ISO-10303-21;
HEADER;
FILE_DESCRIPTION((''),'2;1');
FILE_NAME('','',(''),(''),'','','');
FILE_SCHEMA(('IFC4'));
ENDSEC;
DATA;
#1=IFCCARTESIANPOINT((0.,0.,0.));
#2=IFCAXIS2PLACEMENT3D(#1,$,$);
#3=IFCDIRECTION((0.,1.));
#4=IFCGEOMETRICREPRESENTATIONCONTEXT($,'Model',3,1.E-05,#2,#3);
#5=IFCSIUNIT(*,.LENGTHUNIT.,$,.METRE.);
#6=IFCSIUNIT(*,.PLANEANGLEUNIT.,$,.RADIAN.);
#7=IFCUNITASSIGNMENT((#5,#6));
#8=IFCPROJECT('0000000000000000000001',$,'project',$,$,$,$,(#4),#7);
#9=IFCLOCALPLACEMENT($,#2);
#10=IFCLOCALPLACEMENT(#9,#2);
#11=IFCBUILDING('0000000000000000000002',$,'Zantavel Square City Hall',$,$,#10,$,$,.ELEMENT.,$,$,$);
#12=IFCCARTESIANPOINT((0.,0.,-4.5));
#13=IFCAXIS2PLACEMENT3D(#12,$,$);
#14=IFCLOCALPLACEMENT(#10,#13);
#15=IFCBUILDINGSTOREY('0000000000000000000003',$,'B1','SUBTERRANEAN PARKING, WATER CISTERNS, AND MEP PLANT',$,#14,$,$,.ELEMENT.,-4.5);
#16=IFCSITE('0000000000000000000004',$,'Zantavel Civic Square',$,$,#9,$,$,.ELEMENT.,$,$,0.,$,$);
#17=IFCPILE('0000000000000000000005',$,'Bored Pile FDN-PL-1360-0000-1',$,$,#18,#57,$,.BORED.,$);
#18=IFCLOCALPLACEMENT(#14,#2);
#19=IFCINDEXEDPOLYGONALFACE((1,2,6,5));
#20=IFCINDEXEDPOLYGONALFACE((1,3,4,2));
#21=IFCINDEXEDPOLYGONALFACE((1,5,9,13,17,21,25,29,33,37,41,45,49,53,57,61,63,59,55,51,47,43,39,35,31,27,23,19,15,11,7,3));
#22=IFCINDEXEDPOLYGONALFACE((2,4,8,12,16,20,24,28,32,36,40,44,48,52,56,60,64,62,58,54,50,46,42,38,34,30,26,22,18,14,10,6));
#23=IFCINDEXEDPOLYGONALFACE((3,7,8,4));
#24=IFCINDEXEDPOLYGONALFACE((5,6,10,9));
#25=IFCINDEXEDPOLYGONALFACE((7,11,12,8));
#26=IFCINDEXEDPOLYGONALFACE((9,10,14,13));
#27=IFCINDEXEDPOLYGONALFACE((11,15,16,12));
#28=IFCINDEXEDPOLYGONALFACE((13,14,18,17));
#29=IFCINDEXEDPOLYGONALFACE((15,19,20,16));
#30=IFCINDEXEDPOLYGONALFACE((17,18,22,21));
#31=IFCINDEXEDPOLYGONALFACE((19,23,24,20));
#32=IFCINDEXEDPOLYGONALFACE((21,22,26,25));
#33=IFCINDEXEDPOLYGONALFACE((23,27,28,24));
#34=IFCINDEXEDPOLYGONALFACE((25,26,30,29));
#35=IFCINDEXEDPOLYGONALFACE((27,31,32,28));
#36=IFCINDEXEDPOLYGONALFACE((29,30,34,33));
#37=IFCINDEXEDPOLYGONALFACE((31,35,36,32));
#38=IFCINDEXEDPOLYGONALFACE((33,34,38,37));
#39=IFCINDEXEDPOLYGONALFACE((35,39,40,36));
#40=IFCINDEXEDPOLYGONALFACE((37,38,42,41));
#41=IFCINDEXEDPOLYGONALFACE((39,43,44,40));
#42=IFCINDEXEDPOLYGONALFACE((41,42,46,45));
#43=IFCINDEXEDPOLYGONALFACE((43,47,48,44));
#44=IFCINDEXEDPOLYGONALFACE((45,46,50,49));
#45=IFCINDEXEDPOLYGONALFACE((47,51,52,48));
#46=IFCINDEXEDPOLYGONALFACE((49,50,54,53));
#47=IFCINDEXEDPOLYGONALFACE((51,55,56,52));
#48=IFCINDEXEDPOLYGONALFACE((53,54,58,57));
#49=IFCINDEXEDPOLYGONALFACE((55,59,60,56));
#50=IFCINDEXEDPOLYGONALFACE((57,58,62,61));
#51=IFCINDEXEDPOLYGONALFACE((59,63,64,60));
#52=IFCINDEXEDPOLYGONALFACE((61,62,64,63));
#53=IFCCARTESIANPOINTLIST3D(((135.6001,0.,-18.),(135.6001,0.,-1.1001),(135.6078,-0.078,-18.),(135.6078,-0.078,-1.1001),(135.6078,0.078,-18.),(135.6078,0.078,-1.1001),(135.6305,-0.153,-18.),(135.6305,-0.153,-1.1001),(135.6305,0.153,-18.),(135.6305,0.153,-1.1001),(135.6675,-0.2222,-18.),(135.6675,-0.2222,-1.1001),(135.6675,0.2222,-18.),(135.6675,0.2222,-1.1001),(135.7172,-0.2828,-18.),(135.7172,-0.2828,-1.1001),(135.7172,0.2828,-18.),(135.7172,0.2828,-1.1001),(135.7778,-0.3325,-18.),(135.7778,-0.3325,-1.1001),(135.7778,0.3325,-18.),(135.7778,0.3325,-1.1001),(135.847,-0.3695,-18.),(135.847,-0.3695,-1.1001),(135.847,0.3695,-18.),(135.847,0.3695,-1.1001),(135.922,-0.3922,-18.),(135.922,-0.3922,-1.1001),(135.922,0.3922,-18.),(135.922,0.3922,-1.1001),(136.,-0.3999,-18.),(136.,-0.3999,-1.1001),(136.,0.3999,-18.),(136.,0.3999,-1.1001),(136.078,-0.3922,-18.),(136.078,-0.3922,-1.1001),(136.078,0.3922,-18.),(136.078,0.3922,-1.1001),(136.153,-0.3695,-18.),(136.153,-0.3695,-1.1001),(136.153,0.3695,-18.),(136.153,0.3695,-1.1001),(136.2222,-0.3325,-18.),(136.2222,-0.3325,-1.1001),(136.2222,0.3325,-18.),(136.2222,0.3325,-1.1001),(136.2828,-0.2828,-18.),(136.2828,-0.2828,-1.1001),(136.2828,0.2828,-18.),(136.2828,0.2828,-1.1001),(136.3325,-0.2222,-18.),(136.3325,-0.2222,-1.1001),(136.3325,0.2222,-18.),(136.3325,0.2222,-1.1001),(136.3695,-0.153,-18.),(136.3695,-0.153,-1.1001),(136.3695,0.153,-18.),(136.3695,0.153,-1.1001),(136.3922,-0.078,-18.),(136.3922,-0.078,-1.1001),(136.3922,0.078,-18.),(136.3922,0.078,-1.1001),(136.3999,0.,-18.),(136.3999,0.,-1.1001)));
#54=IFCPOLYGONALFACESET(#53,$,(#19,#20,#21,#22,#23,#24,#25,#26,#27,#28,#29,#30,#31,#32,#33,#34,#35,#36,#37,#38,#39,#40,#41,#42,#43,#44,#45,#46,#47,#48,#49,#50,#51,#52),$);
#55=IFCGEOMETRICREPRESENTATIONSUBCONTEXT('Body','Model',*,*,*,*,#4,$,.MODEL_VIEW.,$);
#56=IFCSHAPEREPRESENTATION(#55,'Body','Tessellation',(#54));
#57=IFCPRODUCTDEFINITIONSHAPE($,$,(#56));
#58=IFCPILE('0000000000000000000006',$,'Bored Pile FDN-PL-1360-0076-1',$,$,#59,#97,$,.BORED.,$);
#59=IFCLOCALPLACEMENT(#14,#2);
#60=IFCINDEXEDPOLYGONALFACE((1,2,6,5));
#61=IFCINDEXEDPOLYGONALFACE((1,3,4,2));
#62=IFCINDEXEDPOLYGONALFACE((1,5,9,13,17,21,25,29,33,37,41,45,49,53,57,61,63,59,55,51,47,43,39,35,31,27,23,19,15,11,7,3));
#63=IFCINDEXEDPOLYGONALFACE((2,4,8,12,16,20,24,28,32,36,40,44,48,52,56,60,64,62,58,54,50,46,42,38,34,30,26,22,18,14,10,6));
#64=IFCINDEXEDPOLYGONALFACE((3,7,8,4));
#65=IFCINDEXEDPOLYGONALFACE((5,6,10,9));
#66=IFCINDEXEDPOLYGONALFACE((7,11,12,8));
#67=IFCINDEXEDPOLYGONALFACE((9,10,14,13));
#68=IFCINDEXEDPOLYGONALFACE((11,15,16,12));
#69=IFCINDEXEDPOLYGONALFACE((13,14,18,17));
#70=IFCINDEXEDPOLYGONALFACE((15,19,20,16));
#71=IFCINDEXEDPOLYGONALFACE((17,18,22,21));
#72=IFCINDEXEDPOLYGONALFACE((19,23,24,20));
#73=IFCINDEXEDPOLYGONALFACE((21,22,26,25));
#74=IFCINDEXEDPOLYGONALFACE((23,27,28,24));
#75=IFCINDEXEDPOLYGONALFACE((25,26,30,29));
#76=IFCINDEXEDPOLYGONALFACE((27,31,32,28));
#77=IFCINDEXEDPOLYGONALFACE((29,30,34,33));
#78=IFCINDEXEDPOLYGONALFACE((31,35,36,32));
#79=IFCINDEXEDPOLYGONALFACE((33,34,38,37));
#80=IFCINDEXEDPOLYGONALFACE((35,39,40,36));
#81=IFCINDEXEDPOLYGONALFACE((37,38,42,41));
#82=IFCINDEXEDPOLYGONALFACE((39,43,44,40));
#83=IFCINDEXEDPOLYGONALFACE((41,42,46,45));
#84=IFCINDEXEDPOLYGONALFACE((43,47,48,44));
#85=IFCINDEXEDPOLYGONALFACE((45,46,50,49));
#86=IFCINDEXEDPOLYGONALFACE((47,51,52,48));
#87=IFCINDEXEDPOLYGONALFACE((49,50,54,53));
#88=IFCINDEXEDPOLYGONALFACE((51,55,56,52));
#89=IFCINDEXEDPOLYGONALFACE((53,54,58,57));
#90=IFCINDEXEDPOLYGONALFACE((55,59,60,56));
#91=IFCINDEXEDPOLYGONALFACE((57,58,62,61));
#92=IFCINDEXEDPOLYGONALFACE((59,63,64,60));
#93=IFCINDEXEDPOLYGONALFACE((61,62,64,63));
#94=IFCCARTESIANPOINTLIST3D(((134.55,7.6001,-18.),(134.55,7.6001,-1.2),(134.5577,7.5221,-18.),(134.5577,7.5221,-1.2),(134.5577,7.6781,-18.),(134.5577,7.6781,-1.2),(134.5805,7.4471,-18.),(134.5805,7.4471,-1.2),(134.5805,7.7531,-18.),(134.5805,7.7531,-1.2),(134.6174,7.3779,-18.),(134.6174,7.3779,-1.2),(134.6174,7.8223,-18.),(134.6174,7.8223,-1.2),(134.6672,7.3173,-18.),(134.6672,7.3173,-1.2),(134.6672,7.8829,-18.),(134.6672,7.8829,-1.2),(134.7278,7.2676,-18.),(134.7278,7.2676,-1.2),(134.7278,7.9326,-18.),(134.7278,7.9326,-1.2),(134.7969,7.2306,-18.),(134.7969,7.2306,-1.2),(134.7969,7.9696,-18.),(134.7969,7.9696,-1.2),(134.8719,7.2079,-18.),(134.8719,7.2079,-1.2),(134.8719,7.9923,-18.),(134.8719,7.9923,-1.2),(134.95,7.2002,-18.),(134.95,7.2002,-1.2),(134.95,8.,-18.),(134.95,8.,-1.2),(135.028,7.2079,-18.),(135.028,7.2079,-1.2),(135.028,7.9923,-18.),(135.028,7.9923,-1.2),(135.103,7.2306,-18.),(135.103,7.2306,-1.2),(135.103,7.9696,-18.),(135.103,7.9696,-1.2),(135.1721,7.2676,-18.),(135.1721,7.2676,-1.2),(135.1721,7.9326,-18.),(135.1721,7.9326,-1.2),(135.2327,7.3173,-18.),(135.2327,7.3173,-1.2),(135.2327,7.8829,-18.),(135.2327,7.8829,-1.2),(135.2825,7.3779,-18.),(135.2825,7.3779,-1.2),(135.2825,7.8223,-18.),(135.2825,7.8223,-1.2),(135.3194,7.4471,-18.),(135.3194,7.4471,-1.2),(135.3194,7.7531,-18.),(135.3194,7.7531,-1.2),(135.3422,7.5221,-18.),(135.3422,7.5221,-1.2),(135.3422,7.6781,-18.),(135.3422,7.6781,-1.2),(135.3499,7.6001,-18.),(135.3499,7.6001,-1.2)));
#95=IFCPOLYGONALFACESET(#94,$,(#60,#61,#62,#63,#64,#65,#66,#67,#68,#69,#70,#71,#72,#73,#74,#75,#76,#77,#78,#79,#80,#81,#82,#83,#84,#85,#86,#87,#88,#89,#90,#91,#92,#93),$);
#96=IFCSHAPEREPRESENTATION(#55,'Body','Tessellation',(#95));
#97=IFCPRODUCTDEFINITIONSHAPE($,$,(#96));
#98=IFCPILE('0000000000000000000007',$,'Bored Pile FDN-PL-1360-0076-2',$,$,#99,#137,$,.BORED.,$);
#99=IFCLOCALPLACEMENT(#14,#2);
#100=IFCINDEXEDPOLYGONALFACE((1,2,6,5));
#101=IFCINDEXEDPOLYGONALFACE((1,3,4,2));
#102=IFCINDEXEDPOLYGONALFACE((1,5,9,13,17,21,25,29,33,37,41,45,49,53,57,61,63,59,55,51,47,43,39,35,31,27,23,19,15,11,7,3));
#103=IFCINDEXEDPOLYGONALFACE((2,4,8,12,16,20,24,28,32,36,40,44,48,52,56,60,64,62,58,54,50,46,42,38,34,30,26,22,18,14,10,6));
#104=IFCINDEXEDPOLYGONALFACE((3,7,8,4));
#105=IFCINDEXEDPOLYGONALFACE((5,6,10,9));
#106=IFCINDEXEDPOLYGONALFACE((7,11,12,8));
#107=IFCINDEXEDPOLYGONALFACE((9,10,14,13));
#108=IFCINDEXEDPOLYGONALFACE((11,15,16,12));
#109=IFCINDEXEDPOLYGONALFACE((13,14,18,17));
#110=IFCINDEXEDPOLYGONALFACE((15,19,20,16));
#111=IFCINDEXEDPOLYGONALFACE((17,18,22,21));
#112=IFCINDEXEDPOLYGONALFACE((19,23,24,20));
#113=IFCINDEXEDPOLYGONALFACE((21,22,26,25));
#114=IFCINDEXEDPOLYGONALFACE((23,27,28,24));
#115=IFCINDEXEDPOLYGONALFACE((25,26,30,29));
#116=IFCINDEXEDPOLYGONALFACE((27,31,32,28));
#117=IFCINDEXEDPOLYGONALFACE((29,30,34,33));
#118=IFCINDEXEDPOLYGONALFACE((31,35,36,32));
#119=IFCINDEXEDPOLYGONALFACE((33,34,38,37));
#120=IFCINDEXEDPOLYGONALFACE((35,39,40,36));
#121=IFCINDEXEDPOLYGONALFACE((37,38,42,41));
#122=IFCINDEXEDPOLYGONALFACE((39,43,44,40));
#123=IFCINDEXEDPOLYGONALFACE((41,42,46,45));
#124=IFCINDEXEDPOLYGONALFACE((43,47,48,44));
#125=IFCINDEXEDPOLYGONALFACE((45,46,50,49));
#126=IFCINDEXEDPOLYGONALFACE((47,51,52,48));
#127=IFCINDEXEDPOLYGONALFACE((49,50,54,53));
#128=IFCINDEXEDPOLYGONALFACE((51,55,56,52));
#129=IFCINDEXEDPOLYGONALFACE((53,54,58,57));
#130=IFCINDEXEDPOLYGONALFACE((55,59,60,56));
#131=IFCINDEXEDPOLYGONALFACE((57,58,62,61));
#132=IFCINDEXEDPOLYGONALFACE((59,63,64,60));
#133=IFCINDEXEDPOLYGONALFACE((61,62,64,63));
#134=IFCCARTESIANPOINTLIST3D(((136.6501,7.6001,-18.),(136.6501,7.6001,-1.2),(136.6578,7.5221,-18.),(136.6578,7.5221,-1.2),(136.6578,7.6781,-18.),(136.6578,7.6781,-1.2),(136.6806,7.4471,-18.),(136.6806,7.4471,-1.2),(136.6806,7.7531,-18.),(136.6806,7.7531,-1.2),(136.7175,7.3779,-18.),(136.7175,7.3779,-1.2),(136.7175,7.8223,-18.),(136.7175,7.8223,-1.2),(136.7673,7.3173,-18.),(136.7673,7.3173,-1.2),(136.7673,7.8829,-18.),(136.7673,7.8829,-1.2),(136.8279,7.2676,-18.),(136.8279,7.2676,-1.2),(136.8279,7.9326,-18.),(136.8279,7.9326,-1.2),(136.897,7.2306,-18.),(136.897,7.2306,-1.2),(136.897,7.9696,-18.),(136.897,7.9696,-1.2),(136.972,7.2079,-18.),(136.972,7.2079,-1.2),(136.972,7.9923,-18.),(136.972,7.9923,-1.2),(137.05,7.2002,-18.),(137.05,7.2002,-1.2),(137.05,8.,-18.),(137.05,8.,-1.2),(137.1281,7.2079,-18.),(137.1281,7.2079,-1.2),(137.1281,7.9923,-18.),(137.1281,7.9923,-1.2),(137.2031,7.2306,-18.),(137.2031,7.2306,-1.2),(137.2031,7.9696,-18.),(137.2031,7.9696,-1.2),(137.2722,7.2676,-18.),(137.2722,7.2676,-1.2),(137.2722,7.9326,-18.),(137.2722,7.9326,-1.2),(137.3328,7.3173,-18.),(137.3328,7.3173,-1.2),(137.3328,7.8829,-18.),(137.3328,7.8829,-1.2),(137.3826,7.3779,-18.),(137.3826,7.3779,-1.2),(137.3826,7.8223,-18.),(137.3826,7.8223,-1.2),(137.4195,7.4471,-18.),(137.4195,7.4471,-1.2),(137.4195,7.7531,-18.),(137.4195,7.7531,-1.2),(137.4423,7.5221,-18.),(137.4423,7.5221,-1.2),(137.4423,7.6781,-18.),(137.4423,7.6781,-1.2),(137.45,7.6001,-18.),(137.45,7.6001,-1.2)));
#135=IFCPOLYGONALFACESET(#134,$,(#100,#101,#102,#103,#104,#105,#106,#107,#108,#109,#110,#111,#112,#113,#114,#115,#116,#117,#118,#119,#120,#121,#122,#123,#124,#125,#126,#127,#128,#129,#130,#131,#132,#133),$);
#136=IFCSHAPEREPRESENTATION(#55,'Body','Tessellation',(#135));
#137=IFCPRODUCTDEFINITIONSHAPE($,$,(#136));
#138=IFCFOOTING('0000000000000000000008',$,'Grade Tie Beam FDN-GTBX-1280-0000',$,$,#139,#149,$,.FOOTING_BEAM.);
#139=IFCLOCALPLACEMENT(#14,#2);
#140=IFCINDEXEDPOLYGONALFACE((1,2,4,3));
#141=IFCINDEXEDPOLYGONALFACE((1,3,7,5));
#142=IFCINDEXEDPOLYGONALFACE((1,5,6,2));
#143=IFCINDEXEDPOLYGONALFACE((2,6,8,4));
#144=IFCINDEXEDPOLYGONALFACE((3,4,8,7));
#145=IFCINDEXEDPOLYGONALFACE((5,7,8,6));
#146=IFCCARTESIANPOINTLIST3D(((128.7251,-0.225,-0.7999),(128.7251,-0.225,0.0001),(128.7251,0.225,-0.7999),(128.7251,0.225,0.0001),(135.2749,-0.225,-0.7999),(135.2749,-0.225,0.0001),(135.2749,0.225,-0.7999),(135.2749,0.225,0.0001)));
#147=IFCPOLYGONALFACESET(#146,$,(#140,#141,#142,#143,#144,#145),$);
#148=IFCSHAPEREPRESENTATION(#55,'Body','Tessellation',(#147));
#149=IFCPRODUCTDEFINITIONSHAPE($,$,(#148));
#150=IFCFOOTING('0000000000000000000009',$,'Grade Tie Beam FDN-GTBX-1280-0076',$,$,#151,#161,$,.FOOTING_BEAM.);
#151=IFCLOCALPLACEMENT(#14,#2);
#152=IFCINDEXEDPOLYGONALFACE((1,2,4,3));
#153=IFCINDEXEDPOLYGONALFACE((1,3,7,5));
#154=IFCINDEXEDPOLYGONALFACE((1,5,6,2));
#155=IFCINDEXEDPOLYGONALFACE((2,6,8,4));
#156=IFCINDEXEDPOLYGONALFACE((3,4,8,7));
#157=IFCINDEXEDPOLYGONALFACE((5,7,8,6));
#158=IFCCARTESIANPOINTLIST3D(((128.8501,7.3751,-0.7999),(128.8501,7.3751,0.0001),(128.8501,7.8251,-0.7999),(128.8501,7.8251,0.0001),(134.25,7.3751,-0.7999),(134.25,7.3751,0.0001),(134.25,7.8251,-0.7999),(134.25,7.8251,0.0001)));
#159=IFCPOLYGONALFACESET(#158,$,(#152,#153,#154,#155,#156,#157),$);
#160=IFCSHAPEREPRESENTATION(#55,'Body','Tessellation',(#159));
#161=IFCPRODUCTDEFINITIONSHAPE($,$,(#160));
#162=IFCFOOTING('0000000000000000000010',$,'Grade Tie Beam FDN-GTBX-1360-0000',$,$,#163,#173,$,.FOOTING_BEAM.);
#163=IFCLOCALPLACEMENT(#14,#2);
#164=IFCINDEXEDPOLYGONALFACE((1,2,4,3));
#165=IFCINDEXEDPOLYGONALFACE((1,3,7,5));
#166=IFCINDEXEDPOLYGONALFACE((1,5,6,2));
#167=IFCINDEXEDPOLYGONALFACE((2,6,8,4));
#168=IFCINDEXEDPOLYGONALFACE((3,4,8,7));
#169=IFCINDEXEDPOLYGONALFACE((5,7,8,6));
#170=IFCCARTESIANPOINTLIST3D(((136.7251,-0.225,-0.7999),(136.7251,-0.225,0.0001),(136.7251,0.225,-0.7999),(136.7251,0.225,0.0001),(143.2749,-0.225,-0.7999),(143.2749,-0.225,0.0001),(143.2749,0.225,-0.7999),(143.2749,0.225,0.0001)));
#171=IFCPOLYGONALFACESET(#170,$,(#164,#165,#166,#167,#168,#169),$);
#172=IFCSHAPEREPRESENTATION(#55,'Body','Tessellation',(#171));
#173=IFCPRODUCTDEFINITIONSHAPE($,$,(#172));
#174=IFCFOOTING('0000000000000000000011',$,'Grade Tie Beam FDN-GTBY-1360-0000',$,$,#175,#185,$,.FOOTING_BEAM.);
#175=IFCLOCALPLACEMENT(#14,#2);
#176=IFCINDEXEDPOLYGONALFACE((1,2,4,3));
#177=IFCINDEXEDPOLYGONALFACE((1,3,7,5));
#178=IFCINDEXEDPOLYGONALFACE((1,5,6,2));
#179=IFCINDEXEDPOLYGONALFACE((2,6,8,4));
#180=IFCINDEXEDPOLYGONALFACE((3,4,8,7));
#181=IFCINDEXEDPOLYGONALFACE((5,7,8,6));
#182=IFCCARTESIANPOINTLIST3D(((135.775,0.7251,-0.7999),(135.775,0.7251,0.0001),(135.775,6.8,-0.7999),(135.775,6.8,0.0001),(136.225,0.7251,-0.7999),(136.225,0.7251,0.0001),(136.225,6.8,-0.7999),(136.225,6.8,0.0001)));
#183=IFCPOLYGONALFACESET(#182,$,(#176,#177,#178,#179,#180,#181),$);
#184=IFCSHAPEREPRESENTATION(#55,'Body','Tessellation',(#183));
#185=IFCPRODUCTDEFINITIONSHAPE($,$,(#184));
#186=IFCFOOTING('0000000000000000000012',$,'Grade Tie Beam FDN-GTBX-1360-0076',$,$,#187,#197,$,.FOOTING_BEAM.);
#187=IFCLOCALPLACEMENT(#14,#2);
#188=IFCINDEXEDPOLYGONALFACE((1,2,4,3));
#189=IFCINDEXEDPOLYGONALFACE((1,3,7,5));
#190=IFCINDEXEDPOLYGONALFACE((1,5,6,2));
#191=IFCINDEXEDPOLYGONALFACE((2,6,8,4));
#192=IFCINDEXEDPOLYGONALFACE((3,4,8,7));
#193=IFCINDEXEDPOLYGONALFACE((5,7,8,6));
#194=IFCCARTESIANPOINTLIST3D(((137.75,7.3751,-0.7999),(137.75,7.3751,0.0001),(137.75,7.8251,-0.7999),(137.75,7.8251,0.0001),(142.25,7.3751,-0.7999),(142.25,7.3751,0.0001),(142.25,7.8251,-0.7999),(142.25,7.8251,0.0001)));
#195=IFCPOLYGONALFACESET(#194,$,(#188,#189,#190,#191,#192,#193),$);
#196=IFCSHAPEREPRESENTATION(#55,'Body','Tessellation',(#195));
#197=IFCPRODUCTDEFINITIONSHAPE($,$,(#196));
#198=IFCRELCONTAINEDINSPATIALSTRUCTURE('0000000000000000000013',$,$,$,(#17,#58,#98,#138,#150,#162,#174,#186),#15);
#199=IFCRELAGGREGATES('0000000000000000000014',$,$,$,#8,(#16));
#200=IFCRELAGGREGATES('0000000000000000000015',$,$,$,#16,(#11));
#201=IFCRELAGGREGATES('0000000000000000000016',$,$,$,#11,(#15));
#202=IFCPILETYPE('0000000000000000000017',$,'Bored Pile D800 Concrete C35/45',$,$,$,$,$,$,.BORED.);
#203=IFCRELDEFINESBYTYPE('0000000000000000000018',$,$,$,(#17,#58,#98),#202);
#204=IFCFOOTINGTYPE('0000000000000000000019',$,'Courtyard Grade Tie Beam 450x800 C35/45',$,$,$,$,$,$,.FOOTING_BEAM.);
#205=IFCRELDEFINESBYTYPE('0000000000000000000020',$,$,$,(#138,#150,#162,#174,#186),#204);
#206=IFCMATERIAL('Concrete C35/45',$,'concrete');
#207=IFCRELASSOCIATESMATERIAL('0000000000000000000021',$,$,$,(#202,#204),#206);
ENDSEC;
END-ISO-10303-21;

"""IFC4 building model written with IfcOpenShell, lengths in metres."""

from ifc_helpers import new_model, si_unit, direction, frame, origin, origin_2d, place, context, subcontext, project, spatial, rectangle, circle, extrude, material, material_profile, profile_set, type_object, element, save


model = new_model("IFC4")

# Units and contexts
model_context = context("Model", 3, precision=1e-05, world=origin(), true_north=direction((0.0, 1.0)))
body_context = subcontext(model_context, "Body", "Model", "MODEL_VIEW")
ifc_project = project(units=[si_unit("LENGTHUNIT", "METRE"), si_unit("PLANEANGLEUNIT", "RADIAN")], contexts=[model_context])

# Site, building, storey
site_placement = place(None, origin())
site = spatial("IfcSite", under=ifc_project, at=site_placement, Name="Zantavel Civic Square", CompositionType="ELEMENT", RefElevation=0.0)
building_placement = place(site_placement, origin())
building = spatial("IfcBuilding", under=site, at=building_placement, Name="Zantavel Square City Hall", CompositionType="ELEMENT")
storey_placement = place(building_placement, frame((0.0, 0.0, -4.5)))
storey = spatial("IfcBuildingStorey", under=building, at=storey_placement, Name="B1", Description="SUBTERRANEAN PARKING, WATER CISTERNS, AND MEP PLANT", CompositionType="ELEMENT", Elevation=-4.5)

# Piles
ifc_material_1 = material(Name="Concrete C35/45", Category="concrete")
ifc_material_profile_1 = material_profile(ifc_material_1, circle(Radius=0.3999, at=origin_2d()), Name="PILE D800")
ifc_profile_set_1 = profile_set([ifc_material_profile_1], Name="Concrete C35/45")
pile_type = type_object("IfcPileType", Name="Bored Pile D800 Concrete C35/45", PredefinedType="BORED", material=ifc_profile_set_1)
pile_placement = place(storey_placement, frame((136.0, 0.0, -1.1001), z_axis=(0.0, 0.0, -1.0), x_axis=(1.0, 0.0, 0.0)))
element("IfcPile", 1, at=pile_placement, inside=storey, type_object=pile_type, Name="Bored Pile FDN-PL-1360-0000-1", PredefinedType="BORED", context=body_context, shape_type="SweptSolid", body=[
    extrude(circle(Radius=0.3999, at=origin_2d()), origin(), (0.0, 0.0, 1.0), 16.8999),
])
for number, where, z_axis, x_axis, name in (
    (2, (134.95, 7.6001, -1.2), (0.0, 0.0, -1.0), (1.0, 0.0, 0.0), "Bored Pile FDN-PL-1360-0076-1"),
    (3, (137.05, 7.6001, -1.2), (0.0, 0.0, -1.0), (1.0, 0.0, 0.0), "Bored Pile FDN-PL-1360-0076-2"),
):
    element("IfcPile", number, at=place(storey_placement, frame(where, z_axis=z_axis, x_axis=x_axis)), inside=storey, type_object=pile_type, Name=name, PredefinedType="BORED", context=body_context, shape_type="SweptSolid", body=[
        extrude(circle(Radius=0.3999, at=origin_2d()), origin(), (0.0, 0.0, 1.0), 16.8),
    ])

# Footings
ifc_material_profile_2 = material_profile(ifc_material_1, rectangle(XDim=0.45, YDim=0.8, at=origin_2d()), Name="RC 450x800")
ifc_profile_set_2 = profile_set([ifc_material_profile_2], Name="Concrete C35/45")
footing_type_1 = type_object("IfcFootingType", Name="Courtyard Grade Tie Beam 450x800 C35/45", PredefinedType="FOOTING_BEAM", material=ifc_profile_set_2)
footing_1_placement = place(storey_placement, frame((128.7251, 0.0, -0.3999), z_axis=(1.0, 0.0, 0.0), x_axis=(0.0, 1.0, 0.0)))
element("IfcFooting", 4, at=footing_1_placement, inside=storey, type_object=footing_type_1, Name="Grade Tie Beam FDN-GTBX-1280-0000", PredefinedType="FOOTING_BEAM", context=body_context, shape_type="SweptSolid", body=[
    extrude(rectangle(XDim=0.45, YDim=0.8, at=origin_2d()), origin(), (0.0, 0.0, 1.0), 6.5498),
])
footing_2_placement = place(storey_placement, frame((128.8501, 7.6001, -0.3999), z_axis=(1.0, 0.0, 0.0), x_axis=(0.0, 1.0, 0.0)))
element("IfcFooting", 5, at=footing_2_placement, inside=storey, type_object=footing_type_1, Name="Grade Tie Beam FDN-GTBX-1280-0076", PredefinedType="FOOTING_BEAM", context=body_context, shape_type="SweptSolid", body=[
    extrude(rectangle(XDim=0.45, YDim=0.8, at=origin_2d()), origin(), (0.0, 0.0, 1.0), 5.3999),
])
footing_3_placement = place(storey_placement, frame((136.7251, 0.0, -0.3999), z_axis=(1.0, 0.0, 0.0), x_axis=(0.0, 1.0, 0.0)))
element("IfcFooting", 6, at=footing_3_placement, inside=storey, type_object=footing_type_1, Name="Grade Tie Beam FDN-GTBX-1360-0000", PredefinedType="FOOTING_BEAM", context=body_context, shape_type="SweptSolid", body=[
    extrude(rectangle(XDim=0.45, YDim=0.8, at=origin_2d()), origin(), (0.0, 0.0, 1.0), 6.5498),
])
footing_4_placement = place(storey_placement, frame((136.0, 0.7251, -0.3999), z_axis=(0.0, 1.0, 0.0), x_axis=(-1.0, 0.0, 0.0)))
element("IfcFooting", 7, at=footing_4_placement, inside=storey, type_object=footing_type_1, Name="Grade Tie Beam FDN-GTBY-1360-0000", PredefinedType="FOOTING_BEAM", context=body_context, shape_type="SweptSolid", body=[
    extrude(rectangle(XDim=0.45, YDim=0.8, at=origin_2d()), origin(), (0.0, 0.0, 1.0), 6.075),
])
footing_5_placement = place(storey_placement, frame((137.75, 7.6001, -0.3999), z_axis=(1.0, 0.0, 0.0), x_axis=(0.0, 1.0, 0.0)))
element("IfcFooting", 8, at=footing_5_placement, inside=storey, type_object=footing_type_1, Name="Grade Tie Beam FDN-GTBX-1360-0076", PredefinedType="FOOTING_BEAM", context=body_context, shape_type="SweptSolid", body=[
    extrude(rectangle(XDim=0.45, YDim=0.8, at=origin_2d()), origin(), (0.0, 0.0, 1.0), 4.5),
])

save(model, "model.ifc")
